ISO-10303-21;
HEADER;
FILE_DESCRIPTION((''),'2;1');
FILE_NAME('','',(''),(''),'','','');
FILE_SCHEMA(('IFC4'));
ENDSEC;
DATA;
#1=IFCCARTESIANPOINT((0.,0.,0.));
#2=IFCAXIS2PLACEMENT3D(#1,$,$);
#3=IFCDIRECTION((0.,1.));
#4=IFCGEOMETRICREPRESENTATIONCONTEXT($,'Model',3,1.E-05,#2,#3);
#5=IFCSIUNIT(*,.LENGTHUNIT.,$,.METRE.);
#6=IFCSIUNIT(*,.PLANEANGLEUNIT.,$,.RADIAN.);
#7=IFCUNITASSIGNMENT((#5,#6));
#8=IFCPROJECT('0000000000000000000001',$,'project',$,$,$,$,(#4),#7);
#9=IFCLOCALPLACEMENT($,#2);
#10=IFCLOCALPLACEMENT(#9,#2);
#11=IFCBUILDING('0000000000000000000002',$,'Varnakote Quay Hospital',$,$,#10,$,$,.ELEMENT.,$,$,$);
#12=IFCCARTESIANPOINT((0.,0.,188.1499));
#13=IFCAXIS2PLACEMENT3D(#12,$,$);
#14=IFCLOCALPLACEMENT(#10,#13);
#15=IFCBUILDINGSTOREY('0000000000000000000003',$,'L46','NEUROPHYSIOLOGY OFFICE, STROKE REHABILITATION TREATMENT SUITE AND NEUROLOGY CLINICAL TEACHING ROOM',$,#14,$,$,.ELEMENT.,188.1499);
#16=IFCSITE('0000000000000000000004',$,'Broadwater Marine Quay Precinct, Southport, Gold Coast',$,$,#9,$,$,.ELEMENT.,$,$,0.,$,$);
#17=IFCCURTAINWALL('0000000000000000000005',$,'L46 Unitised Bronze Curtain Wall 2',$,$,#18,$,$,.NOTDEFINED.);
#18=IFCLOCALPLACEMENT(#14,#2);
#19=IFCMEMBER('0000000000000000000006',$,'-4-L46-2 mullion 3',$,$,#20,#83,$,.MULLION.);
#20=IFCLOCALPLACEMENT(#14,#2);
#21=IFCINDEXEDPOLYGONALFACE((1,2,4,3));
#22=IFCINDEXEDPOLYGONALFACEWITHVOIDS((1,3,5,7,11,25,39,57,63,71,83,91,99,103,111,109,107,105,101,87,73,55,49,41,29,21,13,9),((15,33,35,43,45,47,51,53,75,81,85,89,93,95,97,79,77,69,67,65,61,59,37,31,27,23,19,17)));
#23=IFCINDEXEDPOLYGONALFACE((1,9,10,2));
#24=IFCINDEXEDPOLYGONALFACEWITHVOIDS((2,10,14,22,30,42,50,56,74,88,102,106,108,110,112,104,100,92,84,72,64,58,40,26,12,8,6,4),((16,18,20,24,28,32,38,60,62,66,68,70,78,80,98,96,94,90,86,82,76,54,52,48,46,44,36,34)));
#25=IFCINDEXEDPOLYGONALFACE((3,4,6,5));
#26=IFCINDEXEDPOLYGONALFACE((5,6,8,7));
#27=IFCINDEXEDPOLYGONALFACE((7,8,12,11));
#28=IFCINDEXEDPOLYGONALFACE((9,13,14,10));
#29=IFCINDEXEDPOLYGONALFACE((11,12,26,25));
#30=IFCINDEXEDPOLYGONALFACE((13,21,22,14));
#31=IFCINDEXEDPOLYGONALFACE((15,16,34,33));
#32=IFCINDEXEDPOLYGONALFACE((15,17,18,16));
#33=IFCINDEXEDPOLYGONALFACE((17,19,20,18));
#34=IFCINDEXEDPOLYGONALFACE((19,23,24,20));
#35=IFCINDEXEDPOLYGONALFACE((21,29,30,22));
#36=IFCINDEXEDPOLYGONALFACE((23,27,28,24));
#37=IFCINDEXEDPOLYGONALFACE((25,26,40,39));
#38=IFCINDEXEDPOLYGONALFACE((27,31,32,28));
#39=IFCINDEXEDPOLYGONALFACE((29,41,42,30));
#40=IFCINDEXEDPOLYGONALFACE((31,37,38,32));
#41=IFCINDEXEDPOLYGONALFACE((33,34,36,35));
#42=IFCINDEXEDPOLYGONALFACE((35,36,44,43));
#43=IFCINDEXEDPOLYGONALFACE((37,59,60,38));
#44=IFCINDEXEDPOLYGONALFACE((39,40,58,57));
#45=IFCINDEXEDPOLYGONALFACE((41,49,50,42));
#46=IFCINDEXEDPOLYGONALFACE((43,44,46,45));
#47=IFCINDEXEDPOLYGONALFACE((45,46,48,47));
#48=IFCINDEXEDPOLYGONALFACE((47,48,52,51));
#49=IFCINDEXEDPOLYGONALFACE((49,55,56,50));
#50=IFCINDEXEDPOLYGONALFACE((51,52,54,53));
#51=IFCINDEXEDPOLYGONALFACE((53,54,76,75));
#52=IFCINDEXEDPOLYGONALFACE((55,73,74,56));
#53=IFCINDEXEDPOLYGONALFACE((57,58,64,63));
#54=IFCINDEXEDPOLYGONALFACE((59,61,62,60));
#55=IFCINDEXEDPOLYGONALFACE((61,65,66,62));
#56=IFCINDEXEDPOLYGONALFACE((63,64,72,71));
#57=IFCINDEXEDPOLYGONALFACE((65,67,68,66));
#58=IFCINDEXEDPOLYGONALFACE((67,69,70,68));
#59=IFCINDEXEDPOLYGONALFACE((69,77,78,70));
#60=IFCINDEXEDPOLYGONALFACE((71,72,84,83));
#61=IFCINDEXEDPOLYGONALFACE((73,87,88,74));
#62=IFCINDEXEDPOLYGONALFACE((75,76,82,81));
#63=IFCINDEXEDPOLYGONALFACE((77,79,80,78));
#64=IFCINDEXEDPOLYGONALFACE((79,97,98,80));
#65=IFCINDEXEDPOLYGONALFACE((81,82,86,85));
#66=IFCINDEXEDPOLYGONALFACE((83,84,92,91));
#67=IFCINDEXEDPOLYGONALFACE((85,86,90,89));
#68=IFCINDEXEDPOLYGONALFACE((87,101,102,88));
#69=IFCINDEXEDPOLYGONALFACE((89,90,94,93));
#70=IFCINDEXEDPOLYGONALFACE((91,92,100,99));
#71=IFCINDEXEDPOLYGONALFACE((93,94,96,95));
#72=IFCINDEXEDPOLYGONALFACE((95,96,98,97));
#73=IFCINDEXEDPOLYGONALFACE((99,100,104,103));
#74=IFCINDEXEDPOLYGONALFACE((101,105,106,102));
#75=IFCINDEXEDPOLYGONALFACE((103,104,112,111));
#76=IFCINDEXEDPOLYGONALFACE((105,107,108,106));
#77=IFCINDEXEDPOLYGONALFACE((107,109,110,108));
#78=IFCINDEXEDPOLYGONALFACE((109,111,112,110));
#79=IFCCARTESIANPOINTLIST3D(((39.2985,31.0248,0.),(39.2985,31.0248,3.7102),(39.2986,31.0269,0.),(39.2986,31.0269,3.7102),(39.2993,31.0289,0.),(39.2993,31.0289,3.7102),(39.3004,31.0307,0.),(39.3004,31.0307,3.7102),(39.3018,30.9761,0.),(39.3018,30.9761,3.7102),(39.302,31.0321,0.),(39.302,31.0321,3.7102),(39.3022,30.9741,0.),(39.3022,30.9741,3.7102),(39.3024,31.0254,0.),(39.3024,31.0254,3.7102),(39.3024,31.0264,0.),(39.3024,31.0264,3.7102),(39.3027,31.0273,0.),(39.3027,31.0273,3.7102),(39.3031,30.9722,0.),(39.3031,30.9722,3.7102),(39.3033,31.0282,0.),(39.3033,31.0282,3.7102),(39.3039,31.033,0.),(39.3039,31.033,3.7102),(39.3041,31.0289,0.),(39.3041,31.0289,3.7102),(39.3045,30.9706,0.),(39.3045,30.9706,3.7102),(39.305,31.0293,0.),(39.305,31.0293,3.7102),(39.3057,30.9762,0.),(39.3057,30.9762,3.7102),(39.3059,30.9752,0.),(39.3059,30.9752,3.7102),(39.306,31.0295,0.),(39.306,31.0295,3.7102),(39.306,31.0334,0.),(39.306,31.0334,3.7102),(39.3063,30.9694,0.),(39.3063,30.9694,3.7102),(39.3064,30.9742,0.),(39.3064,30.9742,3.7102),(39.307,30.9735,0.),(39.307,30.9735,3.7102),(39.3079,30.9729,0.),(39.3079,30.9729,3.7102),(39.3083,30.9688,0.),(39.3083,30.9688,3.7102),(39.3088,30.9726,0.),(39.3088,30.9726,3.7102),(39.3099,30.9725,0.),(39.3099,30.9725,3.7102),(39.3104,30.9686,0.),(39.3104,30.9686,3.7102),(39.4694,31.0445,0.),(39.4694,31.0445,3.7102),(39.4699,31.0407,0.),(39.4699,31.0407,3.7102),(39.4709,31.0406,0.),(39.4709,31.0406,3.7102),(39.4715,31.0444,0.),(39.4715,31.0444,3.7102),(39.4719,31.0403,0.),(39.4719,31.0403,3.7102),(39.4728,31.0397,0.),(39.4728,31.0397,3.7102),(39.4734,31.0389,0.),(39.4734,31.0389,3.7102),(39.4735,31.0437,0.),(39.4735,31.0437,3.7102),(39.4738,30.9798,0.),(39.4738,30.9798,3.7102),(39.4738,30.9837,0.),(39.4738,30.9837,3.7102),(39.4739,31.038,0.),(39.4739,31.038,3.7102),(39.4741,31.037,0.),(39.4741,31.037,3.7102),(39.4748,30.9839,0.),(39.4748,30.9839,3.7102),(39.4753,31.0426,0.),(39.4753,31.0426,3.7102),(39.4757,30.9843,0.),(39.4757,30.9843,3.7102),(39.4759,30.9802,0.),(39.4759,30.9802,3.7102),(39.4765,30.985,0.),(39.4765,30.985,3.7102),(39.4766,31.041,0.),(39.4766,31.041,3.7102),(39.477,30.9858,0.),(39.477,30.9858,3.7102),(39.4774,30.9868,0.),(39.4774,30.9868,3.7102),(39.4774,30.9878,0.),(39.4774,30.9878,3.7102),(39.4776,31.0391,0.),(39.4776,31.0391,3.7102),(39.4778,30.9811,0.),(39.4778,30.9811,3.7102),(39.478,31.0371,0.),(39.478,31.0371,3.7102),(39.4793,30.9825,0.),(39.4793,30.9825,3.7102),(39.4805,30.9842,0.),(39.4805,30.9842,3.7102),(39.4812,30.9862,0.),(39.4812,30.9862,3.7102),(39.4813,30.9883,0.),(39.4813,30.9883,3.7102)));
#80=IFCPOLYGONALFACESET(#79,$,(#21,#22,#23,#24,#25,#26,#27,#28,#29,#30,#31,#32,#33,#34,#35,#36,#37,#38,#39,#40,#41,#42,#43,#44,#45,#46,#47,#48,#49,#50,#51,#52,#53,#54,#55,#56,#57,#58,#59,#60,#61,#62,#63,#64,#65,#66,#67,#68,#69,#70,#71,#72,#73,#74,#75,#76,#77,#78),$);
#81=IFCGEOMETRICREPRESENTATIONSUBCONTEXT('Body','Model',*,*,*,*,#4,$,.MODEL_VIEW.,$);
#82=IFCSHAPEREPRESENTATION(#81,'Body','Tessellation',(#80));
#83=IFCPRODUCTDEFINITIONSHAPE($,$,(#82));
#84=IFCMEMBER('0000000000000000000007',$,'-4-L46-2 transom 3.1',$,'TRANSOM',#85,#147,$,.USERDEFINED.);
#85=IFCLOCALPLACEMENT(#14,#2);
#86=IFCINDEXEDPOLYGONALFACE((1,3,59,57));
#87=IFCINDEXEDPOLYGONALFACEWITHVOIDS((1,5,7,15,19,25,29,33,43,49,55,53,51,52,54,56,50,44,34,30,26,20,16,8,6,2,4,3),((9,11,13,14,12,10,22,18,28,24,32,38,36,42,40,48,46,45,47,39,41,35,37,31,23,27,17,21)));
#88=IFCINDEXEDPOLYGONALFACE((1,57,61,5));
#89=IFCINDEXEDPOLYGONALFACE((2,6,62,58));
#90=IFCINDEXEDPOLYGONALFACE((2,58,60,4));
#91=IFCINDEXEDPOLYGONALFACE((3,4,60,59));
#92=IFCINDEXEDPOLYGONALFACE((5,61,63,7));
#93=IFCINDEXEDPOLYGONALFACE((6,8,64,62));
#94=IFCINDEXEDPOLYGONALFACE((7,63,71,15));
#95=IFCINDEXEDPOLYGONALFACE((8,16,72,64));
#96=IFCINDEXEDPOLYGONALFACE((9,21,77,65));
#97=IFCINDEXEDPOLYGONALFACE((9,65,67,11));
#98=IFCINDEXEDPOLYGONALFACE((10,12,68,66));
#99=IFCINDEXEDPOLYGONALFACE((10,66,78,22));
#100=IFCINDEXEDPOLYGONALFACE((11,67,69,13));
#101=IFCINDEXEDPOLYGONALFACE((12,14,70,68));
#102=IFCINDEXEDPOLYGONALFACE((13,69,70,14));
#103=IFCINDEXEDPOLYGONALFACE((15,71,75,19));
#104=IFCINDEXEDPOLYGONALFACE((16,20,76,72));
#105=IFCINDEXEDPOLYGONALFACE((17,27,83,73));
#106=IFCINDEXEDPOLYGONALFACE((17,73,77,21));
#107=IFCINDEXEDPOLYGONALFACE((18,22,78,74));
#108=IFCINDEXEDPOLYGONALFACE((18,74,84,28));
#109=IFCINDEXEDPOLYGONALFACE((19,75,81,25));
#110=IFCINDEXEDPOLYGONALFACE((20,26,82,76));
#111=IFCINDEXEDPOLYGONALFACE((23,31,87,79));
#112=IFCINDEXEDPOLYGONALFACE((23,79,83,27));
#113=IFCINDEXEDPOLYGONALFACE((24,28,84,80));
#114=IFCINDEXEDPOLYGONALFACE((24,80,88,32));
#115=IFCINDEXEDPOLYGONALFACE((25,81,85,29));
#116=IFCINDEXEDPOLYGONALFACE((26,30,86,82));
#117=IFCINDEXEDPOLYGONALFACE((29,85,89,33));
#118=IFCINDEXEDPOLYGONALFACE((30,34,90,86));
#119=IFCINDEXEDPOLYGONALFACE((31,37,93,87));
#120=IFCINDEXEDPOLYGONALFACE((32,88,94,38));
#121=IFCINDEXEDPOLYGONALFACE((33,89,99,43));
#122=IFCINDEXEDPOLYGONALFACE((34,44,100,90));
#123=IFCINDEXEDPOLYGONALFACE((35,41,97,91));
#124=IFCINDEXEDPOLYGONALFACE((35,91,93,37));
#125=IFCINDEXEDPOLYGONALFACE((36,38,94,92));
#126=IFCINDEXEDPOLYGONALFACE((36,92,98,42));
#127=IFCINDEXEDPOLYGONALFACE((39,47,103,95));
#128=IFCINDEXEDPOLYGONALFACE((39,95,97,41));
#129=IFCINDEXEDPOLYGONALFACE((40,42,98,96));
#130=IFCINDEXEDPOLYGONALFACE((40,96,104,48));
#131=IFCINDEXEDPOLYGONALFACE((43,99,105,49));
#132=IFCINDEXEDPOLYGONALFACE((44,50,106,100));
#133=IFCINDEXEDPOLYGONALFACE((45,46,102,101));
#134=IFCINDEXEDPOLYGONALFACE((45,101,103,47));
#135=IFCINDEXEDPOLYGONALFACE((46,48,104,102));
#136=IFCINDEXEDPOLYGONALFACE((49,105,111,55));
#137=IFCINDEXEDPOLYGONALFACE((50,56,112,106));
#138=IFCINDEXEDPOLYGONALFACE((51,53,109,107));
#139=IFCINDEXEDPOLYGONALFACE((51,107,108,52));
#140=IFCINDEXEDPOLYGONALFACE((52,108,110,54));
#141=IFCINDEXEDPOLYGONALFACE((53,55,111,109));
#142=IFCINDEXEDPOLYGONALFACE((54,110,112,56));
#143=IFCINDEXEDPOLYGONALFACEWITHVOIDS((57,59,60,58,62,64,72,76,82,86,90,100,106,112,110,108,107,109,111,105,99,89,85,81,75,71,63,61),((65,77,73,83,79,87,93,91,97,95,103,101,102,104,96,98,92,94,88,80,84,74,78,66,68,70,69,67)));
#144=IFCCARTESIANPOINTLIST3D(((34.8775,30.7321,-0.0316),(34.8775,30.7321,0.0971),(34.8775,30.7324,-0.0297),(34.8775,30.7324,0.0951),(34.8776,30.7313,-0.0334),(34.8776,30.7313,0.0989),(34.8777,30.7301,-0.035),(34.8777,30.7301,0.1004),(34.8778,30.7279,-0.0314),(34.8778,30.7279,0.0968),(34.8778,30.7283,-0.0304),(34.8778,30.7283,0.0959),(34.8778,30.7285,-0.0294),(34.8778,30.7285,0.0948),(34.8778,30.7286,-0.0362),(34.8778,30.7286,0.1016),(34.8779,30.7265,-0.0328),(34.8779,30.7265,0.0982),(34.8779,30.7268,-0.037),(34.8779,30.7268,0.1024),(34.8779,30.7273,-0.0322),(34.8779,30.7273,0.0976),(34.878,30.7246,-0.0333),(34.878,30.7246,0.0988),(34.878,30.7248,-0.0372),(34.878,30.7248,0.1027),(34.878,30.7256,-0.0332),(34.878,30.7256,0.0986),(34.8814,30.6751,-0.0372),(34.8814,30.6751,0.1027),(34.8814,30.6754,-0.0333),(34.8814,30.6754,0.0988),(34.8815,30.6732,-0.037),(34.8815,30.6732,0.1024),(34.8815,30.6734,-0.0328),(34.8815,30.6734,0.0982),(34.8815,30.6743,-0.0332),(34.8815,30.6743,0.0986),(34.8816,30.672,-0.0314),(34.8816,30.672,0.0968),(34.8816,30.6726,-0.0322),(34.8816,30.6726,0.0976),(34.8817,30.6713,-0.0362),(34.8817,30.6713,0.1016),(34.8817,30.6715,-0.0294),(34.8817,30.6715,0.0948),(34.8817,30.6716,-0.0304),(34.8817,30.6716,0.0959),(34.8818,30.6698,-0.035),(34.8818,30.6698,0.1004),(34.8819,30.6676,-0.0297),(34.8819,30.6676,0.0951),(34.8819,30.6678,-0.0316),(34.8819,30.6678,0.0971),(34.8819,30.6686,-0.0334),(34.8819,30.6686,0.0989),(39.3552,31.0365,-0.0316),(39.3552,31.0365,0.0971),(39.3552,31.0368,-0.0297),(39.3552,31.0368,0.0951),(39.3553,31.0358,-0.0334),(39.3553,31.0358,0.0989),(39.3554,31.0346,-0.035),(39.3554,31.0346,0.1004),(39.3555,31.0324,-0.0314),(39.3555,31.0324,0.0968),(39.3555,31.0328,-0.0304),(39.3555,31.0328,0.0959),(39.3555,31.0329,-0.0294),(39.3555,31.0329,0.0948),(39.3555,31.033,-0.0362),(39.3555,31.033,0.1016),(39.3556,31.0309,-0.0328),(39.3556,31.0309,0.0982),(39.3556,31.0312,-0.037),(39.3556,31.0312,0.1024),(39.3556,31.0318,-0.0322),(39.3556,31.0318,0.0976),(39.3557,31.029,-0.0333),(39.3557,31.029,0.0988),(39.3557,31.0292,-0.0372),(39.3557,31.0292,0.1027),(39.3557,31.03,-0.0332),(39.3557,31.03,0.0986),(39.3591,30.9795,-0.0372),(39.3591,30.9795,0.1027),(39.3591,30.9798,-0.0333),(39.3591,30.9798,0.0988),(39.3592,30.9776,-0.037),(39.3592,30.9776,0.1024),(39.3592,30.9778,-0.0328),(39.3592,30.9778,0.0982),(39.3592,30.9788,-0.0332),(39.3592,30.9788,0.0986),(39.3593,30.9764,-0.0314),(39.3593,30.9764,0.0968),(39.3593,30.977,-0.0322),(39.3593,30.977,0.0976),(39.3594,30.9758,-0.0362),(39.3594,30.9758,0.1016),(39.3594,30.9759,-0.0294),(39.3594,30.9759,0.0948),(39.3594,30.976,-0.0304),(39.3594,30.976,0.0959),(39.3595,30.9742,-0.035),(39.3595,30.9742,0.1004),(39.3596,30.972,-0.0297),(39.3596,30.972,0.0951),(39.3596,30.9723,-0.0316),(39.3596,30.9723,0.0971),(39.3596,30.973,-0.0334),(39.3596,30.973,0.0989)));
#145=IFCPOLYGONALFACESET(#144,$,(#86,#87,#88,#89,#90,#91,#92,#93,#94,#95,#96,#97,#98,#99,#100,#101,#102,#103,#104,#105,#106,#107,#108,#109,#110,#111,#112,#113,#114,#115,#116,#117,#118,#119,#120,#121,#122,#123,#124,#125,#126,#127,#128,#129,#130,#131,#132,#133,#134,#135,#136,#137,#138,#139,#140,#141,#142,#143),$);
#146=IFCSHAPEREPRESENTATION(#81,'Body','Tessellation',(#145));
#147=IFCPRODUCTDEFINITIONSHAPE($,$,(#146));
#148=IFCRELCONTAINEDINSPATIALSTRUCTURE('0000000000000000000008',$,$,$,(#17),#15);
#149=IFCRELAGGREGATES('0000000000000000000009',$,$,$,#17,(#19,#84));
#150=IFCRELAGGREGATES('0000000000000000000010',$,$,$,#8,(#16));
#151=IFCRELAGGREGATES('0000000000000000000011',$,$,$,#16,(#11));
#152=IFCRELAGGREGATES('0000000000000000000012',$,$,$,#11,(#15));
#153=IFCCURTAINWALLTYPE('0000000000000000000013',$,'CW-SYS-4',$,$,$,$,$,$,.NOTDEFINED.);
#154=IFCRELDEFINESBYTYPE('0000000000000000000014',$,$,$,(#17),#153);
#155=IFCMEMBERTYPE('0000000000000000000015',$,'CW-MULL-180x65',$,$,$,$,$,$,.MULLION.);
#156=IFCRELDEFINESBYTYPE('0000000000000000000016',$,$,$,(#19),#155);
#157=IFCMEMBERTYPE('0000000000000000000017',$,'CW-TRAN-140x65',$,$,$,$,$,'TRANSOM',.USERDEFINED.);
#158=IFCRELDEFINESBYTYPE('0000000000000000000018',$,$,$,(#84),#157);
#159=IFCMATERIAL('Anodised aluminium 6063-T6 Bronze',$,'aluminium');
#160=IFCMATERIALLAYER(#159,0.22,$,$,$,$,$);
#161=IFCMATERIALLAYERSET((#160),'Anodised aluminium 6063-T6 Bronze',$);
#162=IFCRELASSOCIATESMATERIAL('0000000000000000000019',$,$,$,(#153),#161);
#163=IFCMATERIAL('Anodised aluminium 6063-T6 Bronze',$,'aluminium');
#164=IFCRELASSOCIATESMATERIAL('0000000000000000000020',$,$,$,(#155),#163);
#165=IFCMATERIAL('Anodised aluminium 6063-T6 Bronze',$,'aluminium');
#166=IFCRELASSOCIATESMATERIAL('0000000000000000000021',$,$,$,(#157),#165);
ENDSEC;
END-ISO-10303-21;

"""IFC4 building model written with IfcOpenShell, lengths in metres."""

from ifc_helpers import new_model, si_unit, direction, frame, origin, origin_2d, place, context, subcontext, project, spatial, hollow_rectangle, extrude, material, layer, layer_set, material_profile, profile_set, type_object, element, aggregate, save


model = new_model("IFC4")

# Units and contexts
model_context = context("Model", 3, precision=1e-05, world=origin(), true_north=direction((0.0, 1.0)))
body_context = subcontext(model_context, "Body", "Model", "MODEL_VIEW")
ifc_project = project(units=[si_unit("LENGTHUNIT", "METRE"), si_unit("PLANEANGLEUNIT", "RADIAN")], contexts=[model_context])

# Site, building, storey
site_placement = place(None, origin())
site = spatial("IfcSite", under=ifc_project, at=site_placement, Name="Broadwater Marine Quay Precinct, Southport, Gold Coast", CompositionType="ELEMENT", RefElevation=0.0)
building_placement = place(site_placement, origin())
building = spatial("IfcBuilding", under=site, at=building_placement, Name="Varnakote Quay Hospital", CompositionType="ELEMENT")
storey_placement = place(building_placement, frame((0.0, 0.0, 188.1499)))
storey = spatial("IfcBuildingStorey", under=building, at=storey_placement, Name="L46", Description="NEUROPHYSIOLOGY OFFICE, STROKE REHABILITATION TREATMENT SUITE AND NEUROLOGY CLINICAL TEACHING ROOM", CompositionType="ELEMENT", Elevation=188.1499)

# Curtain wall, members
ifc_material_1 = material(Name="Anodised aluminium 6063-T6 Bronze", Category="aluminium")
ifc_layer_1 = layer(ifc_material_1, 0.22)
ifc_layer_set_1 = layer_set([ifc_layer_1], Name="Anodised aluminium 6063-T6 Bronze")
curtain_wall_type = type_object("IfcCurtainWallType", Name="CW-SYS-4", PredefinedType="NOTDEFINED", material=ifc_layer_set_1)
curtain_wall_placement = place(storey_placement, origin())
curtain_wall = element("IfcCurtainWall", 1, at=curtain_wall_placement, inside=storey, type_object=curtain_wall_type, Name="L46 Unitised Bronze Curtain Wall 2", PredefinedType="NOTDEFINED")
ifc_material_2 = material(Name="Anodised aluminium 6063-T6 Bronze", Category="aluminium")
ifc_material_profile_1 = material_profile(ifc_material_2, hollow_rectangle(XDim=0.0649, YDim=0.1799, WallThickness=0.0039, InnerFilletRadius=0.0039, OuterFilletRadius=0.0081, at=origin_2d()), Name="CW-MULL-180x65")
ifc_profile_set_1 = profile_set([ifc_material_profile_1], Name="Anodised aluminium 6063-T6 Bronze")
member_type_1 = type_object("IfcMemberType", Name="CW-MULL-180x65", PredefinedType="MULLION", material=ifc_profile_set_1)
member_1_placement = place(storey_placement, frame((39.3899, 31.0066, 0.0), z_axis=(0.0, 0.0, 1.0), x_axis=(0.067842, -0.997696, 0.0)))
member_1 = element("IfcMember", 2, at=member_1_placement, type_object=member_type_1, Name="-4-L46-2 mullion 3", PredefinedType="MULLION", context=body_context, shape_type="SweptSolid", body=[
    extrude(hollow_rectangle(XDim=0.0649, YDim=0.1799, WallThickness=0.0039, InnerFilletRadius=0.0039, OuterFilletRadius=0.0081, at=origin_2d()), origin(), (0.0, 0.0, 1.0), 3.7102),
])
ifc_material_3 = material(Name="Anodised aluminium 6063-T6 Bronze", Category="aluminium")
ifc_material_profile_2 = material_profile(ifc_material_3, hollow_rectangle(XDim=0.0649, YDim=0.1399, WallThickness=0.0039, InnerFilletRadius=0.0039, OuterFilletRadius=0.0076, at=origin_2d()), Name="CW-TRAN-140x65")
ifc_profile_set_2 = profile_set([ifc_material_profile_2], Name="Anodised aluminium 6063-T6 Bronze")
member_type_2 = type_object("IfcMemberType", Name="CW-TRAN-140x65", ElementType="TRANSOM", PredefinedType="USERDEFINED", material=ifc_profile_set_2)
member_2_placement = place(storey_placement, frame((39.3574, 31.0044, 0.0327), z_axis=(-0.997697, -0.067833, 0.0), x_axis=(0.067833, -0.997697, 0.0)))
member_2 = element("IfcMember", 3, at=member_2_placement, type_object=member_type_2, Name="-4-L46-2 transom 3.1", ObjectType="TRANSOM", PredefinedType="USERDEFINED", context=body_context, shape_type="SweptSolid", body=[
    extrude(hollow_rectangle(XDim=0.0649, YDim=0.1399, WallThickness=0.0039, InnerFilletRadius=0.0039, OuterFilletRadius=0.0076, at=origin_2d()), origin(), (0.0, 0.0, 1.0), 4.488),
])
aggregate(curtain_wall, [member_1, member_2])

save(model, "model.ifc")
